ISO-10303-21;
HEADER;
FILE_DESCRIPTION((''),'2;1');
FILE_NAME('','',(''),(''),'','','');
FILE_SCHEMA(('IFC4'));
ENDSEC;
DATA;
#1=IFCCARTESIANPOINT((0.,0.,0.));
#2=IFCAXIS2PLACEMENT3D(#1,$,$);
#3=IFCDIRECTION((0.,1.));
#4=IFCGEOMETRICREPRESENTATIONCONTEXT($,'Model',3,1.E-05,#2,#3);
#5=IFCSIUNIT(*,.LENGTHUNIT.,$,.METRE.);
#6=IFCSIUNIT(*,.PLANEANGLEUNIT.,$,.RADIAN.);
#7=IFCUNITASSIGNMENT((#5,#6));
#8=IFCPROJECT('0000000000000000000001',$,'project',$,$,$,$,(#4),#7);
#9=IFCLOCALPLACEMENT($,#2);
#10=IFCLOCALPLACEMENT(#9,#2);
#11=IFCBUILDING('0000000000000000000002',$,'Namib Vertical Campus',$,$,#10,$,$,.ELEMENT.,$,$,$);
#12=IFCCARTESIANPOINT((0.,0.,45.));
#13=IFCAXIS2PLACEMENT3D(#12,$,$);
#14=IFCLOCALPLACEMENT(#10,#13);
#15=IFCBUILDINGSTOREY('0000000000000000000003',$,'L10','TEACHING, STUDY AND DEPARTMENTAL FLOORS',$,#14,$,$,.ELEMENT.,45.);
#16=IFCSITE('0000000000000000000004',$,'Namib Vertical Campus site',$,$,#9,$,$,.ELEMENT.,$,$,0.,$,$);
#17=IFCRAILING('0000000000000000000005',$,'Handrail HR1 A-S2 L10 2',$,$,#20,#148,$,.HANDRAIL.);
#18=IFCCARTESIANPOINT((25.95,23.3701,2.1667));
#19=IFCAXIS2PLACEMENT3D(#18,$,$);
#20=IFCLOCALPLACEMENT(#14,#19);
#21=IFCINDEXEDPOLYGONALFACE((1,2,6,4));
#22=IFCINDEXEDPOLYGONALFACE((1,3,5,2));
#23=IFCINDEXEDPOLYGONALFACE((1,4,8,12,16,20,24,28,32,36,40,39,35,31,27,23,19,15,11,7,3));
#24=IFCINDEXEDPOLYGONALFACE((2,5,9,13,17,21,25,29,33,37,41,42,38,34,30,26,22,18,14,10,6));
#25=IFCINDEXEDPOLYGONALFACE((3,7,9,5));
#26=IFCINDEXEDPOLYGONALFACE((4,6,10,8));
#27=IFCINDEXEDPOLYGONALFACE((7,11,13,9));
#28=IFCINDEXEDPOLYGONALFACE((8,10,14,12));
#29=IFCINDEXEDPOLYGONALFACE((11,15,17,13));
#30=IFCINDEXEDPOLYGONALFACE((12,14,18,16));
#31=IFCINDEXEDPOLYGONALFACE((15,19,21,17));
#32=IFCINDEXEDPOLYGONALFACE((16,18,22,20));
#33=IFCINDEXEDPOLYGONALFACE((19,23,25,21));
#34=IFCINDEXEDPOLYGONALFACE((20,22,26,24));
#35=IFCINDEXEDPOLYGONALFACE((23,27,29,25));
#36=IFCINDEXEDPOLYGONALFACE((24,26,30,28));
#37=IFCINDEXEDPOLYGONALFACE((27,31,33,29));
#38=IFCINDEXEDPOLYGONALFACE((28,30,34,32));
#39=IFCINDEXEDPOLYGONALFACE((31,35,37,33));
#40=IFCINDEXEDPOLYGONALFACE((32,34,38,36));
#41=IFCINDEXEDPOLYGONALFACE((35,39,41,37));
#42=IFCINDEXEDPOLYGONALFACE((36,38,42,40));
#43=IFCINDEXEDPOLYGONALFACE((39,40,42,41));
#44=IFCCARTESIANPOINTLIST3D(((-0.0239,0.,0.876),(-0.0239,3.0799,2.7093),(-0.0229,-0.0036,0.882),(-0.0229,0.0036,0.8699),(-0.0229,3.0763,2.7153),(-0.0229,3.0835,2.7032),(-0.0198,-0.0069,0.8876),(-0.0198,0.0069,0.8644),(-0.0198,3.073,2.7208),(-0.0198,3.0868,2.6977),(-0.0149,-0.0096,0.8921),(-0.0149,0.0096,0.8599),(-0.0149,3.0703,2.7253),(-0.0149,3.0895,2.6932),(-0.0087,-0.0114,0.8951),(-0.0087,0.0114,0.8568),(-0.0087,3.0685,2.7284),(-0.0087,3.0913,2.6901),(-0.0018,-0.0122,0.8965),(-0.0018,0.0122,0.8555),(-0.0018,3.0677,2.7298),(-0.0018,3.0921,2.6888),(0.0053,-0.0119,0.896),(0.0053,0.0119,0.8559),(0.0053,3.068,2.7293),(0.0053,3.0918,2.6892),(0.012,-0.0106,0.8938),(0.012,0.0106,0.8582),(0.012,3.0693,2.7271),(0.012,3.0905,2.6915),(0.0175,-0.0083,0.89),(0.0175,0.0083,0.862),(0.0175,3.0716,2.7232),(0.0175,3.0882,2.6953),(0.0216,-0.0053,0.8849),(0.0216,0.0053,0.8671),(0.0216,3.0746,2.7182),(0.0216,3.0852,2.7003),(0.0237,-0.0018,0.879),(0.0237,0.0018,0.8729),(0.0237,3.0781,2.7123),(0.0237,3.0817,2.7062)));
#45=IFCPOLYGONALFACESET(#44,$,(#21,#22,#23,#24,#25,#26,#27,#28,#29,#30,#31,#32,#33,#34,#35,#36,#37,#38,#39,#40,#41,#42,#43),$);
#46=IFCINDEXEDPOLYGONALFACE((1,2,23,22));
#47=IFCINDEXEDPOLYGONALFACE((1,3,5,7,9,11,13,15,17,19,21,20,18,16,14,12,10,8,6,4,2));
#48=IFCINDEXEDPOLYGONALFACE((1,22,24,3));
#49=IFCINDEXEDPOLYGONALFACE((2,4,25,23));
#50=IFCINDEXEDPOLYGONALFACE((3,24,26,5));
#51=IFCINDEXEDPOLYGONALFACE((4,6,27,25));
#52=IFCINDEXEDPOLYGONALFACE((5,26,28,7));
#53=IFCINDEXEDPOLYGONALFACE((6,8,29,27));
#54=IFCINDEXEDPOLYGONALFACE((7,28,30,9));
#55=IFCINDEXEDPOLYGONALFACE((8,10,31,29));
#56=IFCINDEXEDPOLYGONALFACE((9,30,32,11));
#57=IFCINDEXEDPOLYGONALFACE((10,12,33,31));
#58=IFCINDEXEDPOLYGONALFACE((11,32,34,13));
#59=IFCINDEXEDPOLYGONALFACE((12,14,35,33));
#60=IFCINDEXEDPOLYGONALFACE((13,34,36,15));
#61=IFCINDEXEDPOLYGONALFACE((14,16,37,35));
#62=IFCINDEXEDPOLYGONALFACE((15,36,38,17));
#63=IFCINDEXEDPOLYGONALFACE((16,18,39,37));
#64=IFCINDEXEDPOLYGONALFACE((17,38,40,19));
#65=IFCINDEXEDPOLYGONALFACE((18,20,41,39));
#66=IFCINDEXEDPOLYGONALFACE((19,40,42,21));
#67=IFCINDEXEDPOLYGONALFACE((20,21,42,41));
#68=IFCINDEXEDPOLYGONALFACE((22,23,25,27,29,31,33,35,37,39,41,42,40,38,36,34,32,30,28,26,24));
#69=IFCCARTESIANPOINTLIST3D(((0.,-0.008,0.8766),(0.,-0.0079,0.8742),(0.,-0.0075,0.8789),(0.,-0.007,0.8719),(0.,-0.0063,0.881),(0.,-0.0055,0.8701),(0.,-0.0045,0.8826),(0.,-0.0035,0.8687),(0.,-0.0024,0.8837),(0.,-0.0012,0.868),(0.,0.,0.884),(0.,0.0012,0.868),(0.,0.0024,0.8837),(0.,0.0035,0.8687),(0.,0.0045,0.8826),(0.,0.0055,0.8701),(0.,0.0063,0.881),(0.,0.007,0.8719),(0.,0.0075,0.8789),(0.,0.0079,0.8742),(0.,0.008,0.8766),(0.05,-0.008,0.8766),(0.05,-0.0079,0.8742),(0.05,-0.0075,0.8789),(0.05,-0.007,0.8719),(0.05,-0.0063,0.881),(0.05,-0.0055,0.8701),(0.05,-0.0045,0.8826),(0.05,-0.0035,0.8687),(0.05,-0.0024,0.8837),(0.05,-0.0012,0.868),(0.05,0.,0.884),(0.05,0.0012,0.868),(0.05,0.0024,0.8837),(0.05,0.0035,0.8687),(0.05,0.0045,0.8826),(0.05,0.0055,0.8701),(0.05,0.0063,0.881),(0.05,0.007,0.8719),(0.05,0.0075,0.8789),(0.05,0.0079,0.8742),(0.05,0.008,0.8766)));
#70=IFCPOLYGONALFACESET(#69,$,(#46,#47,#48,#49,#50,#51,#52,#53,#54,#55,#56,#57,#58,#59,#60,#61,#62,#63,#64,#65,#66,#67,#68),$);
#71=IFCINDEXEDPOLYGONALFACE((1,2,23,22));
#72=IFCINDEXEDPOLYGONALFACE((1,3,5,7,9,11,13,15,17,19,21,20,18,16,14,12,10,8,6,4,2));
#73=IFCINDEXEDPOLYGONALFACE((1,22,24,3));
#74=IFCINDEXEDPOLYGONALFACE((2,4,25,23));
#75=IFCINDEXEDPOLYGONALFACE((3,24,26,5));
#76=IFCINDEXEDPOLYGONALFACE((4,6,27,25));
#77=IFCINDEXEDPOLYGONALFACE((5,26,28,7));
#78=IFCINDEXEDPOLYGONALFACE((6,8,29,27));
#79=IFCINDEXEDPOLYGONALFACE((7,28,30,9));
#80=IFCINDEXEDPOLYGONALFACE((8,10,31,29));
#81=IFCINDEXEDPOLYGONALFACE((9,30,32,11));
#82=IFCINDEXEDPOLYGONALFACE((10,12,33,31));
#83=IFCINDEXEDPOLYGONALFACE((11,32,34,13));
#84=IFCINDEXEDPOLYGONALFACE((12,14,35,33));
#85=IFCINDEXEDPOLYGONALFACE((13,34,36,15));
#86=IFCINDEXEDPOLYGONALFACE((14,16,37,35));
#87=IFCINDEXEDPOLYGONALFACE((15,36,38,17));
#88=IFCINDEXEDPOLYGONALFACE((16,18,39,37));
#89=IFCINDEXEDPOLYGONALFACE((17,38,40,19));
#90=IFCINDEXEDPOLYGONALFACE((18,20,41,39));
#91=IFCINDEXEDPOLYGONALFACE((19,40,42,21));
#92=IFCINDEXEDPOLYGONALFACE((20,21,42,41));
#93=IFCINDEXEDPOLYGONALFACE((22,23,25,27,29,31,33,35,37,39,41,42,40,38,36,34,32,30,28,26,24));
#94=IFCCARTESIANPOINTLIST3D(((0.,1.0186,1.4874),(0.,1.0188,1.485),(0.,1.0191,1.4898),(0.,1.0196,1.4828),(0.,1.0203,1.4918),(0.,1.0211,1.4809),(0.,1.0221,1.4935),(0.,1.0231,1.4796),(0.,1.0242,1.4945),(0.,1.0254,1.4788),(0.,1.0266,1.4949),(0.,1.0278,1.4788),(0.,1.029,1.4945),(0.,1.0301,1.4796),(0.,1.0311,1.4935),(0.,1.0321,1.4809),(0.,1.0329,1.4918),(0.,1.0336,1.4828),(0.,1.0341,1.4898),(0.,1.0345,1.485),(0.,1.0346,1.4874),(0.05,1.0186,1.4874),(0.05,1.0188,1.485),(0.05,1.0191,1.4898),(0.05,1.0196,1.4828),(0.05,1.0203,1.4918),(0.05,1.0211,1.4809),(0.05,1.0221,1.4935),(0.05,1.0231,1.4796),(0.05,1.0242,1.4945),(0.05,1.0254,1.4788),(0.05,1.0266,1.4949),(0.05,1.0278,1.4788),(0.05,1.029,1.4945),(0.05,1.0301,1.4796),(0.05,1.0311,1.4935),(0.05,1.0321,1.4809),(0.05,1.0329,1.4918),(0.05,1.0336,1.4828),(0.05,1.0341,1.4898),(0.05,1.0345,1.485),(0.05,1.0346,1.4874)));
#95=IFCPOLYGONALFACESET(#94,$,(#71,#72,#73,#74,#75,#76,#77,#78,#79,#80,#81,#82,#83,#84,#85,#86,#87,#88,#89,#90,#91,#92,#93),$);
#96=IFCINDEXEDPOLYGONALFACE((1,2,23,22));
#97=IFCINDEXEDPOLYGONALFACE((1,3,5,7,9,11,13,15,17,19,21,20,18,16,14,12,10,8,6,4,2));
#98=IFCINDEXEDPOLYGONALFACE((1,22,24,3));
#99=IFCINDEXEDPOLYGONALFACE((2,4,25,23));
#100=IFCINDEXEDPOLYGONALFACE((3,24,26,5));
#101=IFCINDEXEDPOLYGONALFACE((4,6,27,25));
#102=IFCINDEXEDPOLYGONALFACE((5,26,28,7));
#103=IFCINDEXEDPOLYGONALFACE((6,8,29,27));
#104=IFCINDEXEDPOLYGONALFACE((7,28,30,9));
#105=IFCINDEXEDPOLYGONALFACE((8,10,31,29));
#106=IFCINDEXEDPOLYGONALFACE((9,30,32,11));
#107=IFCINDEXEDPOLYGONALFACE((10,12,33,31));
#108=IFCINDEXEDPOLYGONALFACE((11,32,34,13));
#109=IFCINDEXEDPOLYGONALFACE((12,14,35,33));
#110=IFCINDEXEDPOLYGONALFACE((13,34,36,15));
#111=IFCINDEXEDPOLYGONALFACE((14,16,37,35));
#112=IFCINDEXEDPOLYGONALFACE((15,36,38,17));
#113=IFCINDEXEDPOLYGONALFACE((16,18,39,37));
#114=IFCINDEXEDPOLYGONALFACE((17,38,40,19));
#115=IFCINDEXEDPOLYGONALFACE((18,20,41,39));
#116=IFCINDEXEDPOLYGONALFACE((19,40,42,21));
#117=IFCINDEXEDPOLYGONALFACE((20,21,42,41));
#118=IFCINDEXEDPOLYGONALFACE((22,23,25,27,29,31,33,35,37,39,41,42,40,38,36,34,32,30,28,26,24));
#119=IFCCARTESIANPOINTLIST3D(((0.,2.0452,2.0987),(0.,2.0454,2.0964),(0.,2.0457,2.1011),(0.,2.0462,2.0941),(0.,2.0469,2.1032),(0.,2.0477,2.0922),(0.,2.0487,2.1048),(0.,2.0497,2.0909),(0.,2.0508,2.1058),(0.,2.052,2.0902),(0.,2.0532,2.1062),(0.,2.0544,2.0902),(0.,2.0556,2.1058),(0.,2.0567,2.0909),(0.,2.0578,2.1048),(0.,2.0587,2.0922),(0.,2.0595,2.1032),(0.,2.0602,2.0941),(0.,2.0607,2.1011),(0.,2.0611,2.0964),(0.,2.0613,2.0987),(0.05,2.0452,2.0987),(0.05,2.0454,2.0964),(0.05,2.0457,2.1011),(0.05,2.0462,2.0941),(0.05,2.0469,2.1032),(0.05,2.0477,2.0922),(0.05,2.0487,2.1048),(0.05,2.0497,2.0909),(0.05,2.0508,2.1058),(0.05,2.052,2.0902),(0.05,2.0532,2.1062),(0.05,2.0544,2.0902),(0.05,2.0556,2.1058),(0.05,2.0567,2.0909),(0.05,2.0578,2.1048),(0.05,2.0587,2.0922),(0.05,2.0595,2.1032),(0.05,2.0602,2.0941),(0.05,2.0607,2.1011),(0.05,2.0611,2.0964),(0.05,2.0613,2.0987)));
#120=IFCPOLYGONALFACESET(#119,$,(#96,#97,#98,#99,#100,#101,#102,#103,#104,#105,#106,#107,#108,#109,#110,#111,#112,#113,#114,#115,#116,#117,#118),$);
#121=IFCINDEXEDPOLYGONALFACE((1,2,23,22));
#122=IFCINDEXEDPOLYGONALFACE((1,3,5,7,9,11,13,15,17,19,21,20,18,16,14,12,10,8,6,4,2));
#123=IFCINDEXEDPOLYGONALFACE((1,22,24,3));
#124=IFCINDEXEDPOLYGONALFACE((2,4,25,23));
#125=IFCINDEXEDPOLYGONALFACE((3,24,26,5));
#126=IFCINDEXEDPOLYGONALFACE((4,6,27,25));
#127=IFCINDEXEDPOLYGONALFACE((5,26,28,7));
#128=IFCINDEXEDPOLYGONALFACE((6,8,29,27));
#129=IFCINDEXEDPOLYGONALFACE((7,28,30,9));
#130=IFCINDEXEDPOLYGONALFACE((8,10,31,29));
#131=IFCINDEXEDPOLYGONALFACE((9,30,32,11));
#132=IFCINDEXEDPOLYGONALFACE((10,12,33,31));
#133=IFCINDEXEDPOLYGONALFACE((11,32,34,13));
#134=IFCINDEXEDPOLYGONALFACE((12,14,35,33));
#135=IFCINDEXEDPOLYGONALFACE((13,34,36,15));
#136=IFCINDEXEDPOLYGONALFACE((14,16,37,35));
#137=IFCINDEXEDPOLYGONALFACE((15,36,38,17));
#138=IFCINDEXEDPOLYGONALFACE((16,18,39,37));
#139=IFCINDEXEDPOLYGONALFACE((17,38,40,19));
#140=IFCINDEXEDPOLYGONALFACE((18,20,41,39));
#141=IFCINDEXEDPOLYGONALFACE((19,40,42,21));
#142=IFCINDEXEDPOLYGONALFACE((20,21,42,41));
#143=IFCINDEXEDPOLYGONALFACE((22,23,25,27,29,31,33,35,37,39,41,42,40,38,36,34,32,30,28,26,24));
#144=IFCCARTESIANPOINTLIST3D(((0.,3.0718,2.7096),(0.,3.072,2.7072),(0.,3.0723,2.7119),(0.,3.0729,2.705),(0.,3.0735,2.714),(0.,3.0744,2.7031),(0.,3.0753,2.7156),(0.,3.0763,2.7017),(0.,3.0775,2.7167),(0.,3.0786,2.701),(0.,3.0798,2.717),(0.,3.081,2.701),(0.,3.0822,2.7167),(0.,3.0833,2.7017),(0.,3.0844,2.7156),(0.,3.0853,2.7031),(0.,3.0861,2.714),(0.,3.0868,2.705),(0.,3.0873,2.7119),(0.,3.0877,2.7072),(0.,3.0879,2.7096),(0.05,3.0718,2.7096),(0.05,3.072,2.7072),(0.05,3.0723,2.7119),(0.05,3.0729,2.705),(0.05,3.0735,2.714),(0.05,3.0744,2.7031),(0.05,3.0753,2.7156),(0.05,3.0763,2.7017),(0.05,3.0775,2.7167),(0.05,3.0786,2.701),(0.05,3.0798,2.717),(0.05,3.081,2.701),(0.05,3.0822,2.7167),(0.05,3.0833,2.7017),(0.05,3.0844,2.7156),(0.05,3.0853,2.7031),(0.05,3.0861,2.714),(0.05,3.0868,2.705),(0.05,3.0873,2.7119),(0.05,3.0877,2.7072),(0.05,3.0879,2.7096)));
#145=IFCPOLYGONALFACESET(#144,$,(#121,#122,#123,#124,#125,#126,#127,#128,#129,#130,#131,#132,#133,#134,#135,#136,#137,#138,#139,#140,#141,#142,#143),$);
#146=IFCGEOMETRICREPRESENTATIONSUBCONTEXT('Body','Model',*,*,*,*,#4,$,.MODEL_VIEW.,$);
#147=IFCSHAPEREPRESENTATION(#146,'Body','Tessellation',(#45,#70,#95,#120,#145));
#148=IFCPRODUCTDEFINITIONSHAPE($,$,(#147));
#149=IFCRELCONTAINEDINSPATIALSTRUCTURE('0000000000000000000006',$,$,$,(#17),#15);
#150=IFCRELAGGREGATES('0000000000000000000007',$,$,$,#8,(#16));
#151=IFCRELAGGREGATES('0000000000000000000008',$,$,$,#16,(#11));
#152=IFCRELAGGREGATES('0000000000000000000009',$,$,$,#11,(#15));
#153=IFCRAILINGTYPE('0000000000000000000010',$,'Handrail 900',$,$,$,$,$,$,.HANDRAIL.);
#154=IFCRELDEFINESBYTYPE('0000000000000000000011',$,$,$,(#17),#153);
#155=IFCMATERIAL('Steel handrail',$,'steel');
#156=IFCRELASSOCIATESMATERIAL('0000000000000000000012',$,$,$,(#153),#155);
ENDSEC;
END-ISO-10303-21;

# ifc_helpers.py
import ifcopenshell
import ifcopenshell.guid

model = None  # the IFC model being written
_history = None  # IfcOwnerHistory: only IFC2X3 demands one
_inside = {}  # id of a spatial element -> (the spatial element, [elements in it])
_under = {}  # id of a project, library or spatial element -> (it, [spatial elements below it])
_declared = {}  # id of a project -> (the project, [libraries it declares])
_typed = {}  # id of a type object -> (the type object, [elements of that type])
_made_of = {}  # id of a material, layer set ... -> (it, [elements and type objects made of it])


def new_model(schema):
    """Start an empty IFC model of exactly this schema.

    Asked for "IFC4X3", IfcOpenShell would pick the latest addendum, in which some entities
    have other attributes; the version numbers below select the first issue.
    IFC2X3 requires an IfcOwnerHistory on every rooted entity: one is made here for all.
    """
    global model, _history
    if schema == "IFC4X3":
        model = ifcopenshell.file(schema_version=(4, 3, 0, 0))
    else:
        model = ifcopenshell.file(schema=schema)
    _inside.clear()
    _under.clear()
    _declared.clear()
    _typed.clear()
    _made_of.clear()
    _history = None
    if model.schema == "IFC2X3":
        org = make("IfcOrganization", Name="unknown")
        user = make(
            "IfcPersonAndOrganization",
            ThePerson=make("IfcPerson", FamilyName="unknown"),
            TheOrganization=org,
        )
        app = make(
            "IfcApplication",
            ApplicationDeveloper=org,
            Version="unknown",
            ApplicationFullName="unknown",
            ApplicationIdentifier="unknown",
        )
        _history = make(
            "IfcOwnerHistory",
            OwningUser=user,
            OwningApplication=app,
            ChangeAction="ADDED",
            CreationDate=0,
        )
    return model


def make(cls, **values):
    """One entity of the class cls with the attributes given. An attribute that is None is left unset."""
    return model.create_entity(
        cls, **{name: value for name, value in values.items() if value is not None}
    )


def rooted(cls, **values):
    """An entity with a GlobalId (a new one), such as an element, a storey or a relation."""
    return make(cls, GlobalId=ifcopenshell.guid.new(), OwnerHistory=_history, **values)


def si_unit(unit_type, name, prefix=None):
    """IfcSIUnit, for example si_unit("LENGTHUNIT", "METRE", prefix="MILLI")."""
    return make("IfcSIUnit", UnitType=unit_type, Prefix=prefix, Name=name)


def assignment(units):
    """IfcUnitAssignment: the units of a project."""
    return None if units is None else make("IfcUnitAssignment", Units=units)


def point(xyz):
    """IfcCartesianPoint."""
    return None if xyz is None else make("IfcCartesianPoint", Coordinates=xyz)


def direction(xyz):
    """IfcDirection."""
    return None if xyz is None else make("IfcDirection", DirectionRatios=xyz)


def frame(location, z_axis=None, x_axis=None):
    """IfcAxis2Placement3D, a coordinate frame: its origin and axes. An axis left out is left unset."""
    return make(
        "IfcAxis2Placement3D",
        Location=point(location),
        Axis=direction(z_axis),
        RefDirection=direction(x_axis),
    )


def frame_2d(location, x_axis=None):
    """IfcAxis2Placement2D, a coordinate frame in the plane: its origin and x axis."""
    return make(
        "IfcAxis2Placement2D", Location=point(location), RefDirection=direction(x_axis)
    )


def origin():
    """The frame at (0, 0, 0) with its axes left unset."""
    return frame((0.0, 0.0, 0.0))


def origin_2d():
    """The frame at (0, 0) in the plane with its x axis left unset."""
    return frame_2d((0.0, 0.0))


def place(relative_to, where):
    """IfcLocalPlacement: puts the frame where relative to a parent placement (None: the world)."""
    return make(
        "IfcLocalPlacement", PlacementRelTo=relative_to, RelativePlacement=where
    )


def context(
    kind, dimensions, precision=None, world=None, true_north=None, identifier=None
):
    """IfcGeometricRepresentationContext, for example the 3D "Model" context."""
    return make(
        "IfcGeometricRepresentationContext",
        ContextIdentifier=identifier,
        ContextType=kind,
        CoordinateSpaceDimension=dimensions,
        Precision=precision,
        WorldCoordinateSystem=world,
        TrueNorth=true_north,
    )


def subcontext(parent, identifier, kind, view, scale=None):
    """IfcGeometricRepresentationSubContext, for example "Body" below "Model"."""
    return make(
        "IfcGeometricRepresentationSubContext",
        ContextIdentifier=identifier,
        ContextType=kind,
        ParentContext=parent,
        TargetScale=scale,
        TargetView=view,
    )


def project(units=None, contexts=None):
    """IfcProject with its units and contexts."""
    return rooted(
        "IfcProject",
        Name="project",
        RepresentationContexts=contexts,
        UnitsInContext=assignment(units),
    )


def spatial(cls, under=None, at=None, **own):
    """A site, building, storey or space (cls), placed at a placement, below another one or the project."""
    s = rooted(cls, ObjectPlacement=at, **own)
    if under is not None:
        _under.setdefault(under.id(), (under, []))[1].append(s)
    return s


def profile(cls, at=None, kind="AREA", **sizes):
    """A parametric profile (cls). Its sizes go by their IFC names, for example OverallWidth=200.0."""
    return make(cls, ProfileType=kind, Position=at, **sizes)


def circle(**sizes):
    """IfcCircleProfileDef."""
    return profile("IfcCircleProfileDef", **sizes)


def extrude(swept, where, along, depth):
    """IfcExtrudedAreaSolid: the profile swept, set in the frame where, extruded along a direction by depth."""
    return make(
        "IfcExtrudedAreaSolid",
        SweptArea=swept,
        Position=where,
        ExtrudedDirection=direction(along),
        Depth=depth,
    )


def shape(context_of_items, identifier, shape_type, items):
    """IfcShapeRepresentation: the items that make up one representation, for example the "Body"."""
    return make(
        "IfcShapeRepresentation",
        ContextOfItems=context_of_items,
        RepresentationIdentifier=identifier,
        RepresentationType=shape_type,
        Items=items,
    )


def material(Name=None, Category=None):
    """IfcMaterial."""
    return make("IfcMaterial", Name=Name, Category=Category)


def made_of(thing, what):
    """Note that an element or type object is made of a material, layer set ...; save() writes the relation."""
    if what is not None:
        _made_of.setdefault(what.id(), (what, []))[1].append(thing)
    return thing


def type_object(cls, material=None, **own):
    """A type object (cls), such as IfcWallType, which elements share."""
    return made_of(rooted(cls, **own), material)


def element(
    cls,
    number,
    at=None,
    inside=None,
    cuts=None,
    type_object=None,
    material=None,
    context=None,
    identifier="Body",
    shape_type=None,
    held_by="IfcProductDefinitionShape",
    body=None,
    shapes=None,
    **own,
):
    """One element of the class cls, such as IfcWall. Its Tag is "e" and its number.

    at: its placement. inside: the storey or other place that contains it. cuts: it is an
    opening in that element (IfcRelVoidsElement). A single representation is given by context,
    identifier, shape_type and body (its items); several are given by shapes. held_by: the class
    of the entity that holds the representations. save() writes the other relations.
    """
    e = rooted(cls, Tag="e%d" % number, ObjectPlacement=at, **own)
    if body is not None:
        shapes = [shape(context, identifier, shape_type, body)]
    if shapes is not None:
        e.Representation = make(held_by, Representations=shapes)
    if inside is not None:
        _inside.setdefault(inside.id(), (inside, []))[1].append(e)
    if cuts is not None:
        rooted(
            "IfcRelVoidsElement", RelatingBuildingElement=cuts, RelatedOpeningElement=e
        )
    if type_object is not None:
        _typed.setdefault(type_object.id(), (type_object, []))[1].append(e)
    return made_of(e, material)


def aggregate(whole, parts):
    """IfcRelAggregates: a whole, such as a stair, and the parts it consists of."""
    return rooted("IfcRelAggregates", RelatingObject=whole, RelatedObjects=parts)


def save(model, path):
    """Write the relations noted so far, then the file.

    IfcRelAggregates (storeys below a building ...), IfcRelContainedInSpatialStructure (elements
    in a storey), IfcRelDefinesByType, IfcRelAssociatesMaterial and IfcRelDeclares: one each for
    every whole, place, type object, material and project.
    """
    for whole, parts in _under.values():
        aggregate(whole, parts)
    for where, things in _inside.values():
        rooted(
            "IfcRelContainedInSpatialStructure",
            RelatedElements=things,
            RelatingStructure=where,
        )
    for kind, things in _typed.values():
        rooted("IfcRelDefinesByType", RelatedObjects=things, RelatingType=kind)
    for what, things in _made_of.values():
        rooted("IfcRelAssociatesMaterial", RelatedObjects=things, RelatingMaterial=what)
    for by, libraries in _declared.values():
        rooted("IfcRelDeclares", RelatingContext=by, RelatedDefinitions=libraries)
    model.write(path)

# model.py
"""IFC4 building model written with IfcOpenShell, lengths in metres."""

from ifc_helpers import new_model, si_unit, direction, frame, origin, origin_2d, place, context, subcontext, project, spatial, circle, extrude, material, type_object, element, save


model = new_model("IFC4")

# Units and contexts
model_context = context("Model", 3, precision=1e-05, world=origin(), true_north=direction((0.0, 1.0)))
body_context = subcontext(model_context, "Body", "Model", "MODEL_VIEW")
ifc_project = project(units=[si_unit("LENGTHUNIT", "METRE"), si_unit("PLANEANGLEUNIT", "RADIAN")], contexts=[model_context])

# Site, building, storey
site_placement = place(None, origin())
site = spatial("IfcSite", under=ifc_project, at=site_placement, Name="Namib Vertical Campus site", CompositionType="ELEMENT", RefElevation=0.0)
building_placement = place(site_placement, origin())
building = spatial("IfcBuilding", under=site, at=building_placement, Name="Namib Vertical Campus", CompositionType="ELEMENT")
storey_placement = place(building_placement, frame((0.0, 0.0, 45.0)))
storey = spatial("IfcBuildingStorey", under=building, at=storey_placement, Name="L10", Description="TEACHING, STUDY AND DEPARTMENTAL FLOORS", CompositionType="ELEMENT", Elevation=45.0)

# Railing
ifc_material_1 = material(Name="Steel handrail", Category="steel")
railing_type_1 = type_object("IfcRailingType", Name="Handrail 900", PredefinedType="HANDRAIL", material=ifc_material_1)
railing_1_placement = place(storey_placement, frame((25.95, 23.3701, 2.1667)))
element("IfcRailing", 1, at=railing_1_placement, inside=storey, type_object=railing_type_1, Name="Handrail HR1 A-S2 L10 2", PredefinedType="HANDRAIL", context=body_context, shape_type="SweptSolid", body=[
    extrude(circle(Radius=0.0239, at=origin_2d()), frame((0.0, 0.0, 0.876), z_axis=(0.0, 0.859291, 0.511487), x_axis=(-1.0, 0.0, 0.0)), (0.0, 0.0, 1.0), 3.5842),
    extrude(circle(Radius=0.0081, at=origin_2d()), frame((0.0, 0.0, 0.876), z_axis=(1.0, 0.0, 0.0), x_axis=(0.0, 0.0, 1.0)), (0.0, 0.0, 1.0), 0.05),
    extrude(circle(Radius=0.0081, at=origin_2d()), frame((0.0, 1.0266, 1.4868), z_axis=(1.0, 0.0, 0.0), x_axis=(0.0, 0.0, 1.0)), (0.0, 0.0, 1.0), 0.05),
    extrude(circle(Radius=0.0081, at=origin_2d()), frame((0.0, 2.0532, 2.0981), z_axis=(1.0, 0.0, 0.0), x_axis=(0.0, 0.0, 1.0)), (0.0, 0.0, 1.0), 0.05),
    extrude(circle(Radius=0.0081, at=origin_2d()), frame((0.0, 3.0798, 2.709), z_axis=(1.0, 0.0, 0.0), x_axis=(0.0, 0.0, 1.0)), (0.0, 0.0, 1.0), 0.05),
])

save(model, "model.ifc")
